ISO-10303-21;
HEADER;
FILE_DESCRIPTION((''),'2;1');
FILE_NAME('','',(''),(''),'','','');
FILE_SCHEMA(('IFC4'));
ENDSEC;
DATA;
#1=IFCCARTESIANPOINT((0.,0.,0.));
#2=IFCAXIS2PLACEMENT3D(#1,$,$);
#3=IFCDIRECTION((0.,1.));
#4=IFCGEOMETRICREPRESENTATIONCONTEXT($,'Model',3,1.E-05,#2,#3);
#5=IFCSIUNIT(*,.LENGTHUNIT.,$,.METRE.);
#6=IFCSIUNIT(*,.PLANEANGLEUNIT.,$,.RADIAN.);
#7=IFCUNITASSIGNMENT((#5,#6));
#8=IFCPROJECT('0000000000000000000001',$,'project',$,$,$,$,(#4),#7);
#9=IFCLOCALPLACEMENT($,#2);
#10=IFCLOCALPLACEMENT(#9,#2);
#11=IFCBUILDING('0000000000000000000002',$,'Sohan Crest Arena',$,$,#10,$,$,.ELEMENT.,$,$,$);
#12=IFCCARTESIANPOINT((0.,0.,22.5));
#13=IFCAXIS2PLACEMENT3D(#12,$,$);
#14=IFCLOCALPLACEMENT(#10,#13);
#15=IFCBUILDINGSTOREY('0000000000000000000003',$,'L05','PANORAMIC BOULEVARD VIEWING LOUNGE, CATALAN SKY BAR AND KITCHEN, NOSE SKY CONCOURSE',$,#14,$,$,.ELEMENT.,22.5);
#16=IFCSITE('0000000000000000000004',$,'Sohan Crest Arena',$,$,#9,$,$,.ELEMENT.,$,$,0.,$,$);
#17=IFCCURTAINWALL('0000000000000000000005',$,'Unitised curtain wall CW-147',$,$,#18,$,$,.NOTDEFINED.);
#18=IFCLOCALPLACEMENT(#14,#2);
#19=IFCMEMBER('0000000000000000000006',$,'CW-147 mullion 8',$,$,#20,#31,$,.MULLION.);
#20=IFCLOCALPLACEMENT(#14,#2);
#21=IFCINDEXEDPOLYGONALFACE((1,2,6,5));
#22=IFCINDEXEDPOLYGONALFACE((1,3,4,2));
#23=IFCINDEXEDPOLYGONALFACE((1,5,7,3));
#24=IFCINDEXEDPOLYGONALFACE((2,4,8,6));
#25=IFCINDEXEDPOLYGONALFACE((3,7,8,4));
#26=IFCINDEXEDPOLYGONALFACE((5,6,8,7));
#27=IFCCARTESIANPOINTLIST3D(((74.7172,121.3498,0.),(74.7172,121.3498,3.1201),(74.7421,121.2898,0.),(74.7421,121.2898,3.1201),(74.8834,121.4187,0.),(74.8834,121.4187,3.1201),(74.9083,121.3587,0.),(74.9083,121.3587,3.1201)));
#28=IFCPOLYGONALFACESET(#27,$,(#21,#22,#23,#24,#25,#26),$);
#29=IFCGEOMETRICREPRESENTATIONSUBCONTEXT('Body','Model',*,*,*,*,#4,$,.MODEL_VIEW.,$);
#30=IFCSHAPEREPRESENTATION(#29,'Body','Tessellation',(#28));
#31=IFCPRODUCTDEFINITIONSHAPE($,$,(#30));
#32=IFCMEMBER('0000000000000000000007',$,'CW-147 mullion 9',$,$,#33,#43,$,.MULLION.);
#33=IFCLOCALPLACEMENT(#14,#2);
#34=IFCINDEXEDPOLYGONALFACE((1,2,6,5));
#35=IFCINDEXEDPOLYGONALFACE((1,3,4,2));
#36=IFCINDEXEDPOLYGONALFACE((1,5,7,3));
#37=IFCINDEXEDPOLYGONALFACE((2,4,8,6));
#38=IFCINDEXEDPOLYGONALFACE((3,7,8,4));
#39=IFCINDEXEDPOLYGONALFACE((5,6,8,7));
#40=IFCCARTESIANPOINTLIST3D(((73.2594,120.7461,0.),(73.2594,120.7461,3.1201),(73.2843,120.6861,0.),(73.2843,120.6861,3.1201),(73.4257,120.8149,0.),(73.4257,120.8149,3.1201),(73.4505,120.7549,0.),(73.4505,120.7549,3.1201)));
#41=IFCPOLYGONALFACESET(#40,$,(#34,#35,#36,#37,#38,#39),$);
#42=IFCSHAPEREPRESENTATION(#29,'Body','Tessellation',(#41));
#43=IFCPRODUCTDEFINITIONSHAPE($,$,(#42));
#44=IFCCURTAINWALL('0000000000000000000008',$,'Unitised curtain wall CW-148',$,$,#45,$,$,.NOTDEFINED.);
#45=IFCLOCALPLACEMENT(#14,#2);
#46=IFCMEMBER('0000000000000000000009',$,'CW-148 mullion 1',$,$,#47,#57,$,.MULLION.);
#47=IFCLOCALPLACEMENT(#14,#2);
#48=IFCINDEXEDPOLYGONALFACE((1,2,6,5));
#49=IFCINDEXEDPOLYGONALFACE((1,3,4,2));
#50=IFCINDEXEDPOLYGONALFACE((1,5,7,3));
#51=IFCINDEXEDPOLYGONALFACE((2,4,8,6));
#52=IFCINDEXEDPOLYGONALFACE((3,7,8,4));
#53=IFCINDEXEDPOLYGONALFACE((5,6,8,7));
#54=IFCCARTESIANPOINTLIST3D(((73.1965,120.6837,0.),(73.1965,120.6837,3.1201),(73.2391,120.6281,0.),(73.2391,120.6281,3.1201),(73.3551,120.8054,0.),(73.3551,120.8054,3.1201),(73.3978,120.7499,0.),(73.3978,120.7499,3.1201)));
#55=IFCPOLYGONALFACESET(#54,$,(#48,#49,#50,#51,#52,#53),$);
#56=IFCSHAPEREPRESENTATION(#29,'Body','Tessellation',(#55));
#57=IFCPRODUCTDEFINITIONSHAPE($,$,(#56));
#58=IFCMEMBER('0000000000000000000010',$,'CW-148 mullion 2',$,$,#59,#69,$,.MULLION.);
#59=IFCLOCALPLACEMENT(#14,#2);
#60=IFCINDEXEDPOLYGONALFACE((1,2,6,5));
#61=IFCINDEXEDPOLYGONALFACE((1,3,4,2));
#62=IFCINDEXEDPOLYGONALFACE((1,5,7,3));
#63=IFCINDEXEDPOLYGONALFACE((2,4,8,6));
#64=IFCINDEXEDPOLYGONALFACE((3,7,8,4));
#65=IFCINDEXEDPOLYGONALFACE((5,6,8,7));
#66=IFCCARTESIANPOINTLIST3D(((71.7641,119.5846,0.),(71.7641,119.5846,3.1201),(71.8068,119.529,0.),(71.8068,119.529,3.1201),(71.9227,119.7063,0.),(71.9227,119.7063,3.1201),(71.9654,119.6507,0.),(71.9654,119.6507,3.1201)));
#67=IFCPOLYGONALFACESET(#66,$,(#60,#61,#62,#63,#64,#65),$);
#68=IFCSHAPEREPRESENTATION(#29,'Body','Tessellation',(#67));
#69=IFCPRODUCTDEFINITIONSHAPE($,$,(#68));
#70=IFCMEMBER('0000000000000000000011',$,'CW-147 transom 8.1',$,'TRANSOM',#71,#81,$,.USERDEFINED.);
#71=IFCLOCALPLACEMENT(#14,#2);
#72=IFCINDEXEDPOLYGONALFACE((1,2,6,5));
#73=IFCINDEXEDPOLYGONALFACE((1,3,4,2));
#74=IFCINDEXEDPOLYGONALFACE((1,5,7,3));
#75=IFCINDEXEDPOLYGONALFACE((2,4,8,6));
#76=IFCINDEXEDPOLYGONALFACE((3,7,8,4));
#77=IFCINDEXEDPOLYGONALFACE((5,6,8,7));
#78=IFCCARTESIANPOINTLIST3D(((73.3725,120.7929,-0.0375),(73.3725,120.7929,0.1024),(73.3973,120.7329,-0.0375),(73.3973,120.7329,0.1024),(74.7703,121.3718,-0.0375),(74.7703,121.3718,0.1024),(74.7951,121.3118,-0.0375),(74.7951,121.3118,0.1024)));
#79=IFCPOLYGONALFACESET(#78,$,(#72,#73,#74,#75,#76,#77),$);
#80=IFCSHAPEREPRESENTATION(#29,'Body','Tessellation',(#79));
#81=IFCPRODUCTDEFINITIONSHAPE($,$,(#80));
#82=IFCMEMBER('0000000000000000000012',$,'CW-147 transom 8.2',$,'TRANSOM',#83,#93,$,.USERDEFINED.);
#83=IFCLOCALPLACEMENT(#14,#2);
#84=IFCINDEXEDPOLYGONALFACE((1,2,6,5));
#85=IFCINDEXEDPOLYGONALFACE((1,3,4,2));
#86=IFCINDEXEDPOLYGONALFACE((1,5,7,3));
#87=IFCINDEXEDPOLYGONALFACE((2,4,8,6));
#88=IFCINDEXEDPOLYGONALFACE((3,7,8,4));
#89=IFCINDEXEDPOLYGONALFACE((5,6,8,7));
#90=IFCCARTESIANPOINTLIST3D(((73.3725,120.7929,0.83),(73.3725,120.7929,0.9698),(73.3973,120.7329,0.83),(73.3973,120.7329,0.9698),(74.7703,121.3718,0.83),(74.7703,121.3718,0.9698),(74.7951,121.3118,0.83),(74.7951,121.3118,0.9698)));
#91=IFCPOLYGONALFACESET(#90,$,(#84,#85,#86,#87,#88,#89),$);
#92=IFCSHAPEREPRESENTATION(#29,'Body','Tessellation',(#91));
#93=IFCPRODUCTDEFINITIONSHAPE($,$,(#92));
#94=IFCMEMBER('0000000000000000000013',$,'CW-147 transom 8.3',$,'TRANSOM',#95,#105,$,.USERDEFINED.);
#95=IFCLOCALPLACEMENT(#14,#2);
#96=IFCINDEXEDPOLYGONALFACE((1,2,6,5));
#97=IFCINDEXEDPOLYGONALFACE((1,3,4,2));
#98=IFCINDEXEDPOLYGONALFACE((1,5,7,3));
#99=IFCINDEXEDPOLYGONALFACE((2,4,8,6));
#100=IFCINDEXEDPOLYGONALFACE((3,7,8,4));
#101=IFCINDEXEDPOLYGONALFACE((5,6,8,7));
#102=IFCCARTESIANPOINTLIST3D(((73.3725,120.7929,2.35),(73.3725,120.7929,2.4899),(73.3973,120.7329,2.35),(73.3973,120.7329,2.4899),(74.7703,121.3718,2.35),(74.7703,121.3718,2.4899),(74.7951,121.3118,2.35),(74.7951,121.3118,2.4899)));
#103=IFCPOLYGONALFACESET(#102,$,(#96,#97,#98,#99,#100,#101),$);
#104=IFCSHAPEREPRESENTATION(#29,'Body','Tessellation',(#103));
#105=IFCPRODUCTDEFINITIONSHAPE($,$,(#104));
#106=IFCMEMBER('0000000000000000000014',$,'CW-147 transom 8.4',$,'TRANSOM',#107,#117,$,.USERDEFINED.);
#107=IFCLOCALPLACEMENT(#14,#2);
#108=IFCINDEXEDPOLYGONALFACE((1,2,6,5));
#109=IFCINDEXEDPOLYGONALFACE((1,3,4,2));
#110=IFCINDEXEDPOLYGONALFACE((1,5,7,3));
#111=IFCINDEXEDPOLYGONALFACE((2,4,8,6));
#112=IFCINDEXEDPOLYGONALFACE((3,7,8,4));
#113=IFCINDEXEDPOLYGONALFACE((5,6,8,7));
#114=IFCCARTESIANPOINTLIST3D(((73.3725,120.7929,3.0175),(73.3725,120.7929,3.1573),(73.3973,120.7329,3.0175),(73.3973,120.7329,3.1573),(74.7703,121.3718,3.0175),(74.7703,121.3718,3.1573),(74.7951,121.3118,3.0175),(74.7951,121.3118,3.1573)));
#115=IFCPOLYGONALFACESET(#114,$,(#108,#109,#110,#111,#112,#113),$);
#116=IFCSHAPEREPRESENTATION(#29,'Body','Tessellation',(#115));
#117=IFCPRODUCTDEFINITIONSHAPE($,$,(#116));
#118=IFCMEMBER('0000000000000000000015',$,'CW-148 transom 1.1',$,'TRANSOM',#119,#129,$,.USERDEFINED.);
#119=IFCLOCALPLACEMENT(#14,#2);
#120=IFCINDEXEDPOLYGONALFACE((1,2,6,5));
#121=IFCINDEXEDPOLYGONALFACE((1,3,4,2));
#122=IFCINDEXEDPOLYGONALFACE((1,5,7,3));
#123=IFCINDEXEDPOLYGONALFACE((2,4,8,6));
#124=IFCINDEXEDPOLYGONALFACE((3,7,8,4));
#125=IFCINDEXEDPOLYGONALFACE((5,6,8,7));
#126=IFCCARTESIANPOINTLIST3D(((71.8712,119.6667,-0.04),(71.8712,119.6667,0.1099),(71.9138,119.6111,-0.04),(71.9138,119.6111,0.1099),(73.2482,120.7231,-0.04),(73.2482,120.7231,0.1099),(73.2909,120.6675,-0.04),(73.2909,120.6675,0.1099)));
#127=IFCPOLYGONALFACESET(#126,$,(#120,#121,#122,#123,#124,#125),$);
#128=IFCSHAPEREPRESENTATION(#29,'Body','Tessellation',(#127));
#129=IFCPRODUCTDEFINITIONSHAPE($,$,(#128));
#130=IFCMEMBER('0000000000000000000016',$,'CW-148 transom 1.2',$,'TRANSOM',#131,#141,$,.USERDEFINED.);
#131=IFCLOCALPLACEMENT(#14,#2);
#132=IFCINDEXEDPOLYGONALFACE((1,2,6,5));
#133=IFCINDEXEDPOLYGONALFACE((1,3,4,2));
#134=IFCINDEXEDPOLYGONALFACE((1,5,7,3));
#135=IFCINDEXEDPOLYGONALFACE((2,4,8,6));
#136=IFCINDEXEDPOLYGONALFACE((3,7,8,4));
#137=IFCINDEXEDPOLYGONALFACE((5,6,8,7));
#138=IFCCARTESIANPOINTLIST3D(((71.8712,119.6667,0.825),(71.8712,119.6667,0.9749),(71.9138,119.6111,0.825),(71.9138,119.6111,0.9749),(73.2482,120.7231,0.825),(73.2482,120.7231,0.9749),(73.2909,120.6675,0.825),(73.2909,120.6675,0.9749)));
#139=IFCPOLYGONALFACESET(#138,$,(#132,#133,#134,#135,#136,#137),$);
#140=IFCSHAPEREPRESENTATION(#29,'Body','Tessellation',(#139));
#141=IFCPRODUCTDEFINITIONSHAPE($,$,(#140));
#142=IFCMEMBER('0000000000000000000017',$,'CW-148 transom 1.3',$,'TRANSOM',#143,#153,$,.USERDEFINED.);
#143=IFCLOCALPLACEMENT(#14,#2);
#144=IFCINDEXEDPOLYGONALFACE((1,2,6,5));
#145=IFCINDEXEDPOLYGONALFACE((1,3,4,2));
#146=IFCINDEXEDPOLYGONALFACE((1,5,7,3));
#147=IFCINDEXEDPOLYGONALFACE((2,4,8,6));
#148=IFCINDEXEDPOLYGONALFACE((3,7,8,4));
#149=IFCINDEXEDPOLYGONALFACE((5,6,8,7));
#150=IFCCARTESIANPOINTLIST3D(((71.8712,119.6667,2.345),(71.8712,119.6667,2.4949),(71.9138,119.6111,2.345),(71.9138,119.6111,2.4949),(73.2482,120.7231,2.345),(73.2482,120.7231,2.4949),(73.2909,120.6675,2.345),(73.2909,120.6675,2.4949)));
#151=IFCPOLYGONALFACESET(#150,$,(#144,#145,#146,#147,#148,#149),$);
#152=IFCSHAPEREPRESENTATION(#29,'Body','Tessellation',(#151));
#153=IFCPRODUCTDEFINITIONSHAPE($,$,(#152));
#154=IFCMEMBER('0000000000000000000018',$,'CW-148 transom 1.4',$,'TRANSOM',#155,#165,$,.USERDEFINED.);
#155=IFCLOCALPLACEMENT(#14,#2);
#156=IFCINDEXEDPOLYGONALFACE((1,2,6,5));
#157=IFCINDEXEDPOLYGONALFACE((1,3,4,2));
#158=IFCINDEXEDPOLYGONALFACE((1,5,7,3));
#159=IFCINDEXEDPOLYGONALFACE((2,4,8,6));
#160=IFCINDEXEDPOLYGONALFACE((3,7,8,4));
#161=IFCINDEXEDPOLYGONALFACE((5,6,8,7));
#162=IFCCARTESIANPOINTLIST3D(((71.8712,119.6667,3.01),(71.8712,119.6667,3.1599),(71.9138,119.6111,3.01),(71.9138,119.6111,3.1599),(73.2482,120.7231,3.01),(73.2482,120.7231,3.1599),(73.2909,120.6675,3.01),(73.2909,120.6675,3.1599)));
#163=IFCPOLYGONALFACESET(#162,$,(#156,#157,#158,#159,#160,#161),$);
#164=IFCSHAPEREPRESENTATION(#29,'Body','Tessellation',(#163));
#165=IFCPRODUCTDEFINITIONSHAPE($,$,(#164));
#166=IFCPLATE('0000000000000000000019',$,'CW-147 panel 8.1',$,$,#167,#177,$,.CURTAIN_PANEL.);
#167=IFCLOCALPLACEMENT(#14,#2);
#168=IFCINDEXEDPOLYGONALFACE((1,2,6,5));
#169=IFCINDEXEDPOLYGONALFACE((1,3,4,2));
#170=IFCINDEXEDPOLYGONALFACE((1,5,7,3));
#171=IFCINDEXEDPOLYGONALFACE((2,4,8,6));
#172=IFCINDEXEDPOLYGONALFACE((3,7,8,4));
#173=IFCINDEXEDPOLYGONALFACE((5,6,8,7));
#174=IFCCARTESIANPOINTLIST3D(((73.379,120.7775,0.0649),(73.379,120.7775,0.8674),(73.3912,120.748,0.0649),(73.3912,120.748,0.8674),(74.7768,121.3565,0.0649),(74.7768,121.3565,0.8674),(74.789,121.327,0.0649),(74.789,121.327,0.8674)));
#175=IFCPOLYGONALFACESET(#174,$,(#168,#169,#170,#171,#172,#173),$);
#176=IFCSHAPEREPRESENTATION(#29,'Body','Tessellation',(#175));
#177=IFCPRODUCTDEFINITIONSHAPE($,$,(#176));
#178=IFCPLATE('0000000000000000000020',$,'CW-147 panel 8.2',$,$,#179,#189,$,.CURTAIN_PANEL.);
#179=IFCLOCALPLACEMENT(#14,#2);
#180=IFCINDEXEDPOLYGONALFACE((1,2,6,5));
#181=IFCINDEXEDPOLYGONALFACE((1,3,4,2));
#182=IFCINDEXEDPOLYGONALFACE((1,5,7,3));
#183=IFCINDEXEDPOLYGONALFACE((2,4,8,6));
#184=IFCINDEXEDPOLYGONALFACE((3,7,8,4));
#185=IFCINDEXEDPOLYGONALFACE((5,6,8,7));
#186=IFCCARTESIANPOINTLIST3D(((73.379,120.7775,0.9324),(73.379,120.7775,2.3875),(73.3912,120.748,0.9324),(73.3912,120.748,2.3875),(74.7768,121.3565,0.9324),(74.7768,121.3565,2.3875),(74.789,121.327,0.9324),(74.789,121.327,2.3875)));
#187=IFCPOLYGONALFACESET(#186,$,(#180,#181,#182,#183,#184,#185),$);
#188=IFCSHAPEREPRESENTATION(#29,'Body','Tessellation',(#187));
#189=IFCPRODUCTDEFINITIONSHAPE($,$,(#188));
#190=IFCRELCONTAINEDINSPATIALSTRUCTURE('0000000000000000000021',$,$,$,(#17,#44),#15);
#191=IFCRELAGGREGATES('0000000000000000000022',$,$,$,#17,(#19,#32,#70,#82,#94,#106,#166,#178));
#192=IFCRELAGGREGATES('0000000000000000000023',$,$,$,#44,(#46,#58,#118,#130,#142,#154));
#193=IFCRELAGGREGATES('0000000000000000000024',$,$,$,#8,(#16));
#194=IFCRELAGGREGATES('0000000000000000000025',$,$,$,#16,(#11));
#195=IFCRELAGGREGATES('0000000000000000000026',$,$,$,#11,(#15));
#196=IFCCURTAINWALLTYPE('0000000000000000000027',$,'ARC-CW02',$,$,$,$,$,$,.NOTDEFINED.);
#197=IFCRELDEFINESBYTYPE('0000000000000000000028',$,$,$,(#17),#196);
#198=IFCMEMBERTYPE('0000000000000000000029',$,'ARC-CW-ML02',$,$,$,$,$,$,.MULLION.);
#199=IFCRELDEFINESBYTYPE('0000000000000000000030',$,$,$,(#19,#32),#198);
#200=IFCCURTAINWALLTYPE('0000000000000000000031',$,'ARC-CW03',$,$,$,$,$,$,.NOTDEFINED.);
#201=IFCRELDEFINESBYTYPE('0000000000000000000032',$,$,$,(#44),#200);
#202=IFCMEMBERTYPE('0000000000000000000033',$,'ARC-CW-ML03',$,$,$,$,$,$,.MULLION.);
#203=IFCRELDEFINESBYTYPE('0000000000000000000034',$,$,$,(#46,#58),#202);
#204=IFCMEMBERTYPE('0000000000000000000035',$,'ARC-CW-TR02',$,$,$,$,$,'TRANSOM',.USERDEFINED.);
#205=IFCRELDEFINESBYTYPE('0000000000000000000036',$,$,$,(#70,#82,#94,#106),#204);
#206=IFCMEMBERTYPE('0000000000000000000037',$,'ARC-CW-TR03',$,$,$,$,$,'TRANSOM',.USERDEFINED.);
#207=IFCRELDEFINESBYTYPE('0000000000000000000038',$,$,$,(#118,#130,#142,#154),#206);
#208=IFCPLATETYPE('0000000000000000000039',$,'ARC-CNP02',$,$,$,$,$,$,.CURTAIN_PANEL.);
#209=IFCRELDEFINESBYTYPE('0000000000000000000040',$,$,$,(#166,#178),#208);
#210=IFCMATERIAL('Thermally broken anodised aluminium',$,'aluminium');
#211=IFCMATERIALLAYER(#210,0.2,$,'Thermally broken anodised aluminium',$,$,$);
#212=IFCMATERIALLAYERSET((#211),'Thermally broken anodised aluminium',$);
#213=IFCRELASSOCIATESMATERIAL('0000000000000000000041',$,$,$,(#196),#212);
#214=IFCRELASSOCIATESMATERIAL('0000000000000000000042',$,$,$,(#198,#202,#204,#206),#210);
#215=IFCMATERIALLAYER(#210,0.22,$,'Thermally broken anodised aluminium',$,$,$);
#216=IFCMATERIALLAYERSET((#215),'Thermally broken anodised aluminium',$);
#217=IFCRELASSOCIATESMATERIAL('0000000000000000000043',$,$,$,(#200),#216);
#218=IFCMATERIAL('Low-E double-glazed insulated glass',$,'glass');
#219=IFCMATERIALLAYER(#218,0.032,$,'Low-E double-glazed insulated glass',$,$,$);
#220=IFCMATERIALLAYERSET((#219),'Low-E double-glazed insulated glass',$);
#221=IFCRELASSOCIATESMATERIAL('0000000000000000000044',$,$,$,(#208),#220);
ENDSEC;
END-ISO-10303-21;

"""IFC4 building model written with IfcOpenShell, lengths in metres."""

from ifc_helpers import new_model, si_unit, direction, frame, origin, origin_2d, place, context, subcontext, project, spatial, rectangle, extrude, material, layer, layer_set, material_profile, profile_set, type_object, element, aggregate, save


model = new_model("IFC4")

# Units and contexts
model_context = context("Model", 3, precision=1e-05, world=origin(), true_north=direction((0.0, 1.0)))
body_context = subcontext(model_context, "Body", "Model", "MODEL_VIEW")
ifc_project = project(units=[si_unit("LENGTHUNIT", "METRE"), si_unit("PLANEANGLEUNIT", "RADIAN")], contexts=[model_context])

# Site, building, storey
site_placement = place(None, origin())
site = spatial("IfcSite", under=ifc_project, at=site_placement, Name="Sohan Crest Arena", CompositionType="ELEMENT", RefElevation=0.0)
building_placement = place(site_placement, origin())
building = spatial("IfcBuilding", under=site, at=building_placement, Name="Sohan Crest Arena", CompositionType="ELEMENT")
storey_placement = place(building_placement, frame((0.0, 0.0, 22.5)))
storey = spatial("IfcBuildingStorey", under=building, at=storey_placement, Name="L05", Description="PANORAMIC BOULEVARD VIEWING LOUNGE, CATALAN SKY BAR AND KITCHEN, NOSE SKY CONCOURSE", CompositionType="ELEMENT", Elevation=22.5)

# Curtain walls, members
ifc_material_1 = material(Name="Thermally broken anodised aluminium", Category="aluminium")
ifc_layer_1 = layer(ifc_material_1, 0.2, Name="Thermally broken anodised aluminium")
ifc_layer_set_1 = layer_set([ifc_layer_1], Name="Thermally broken anodised aluminium")
curtain_wall_type_1 = type_object("IfcCurtainWallType", Name="ARC-CW02", PredefinedType="NOTDEFINED", material=ifc_layer_set_1)
curtain_wall_1_placement = place(storey_placement, origin())
curtain_wall_1 = element("IfcCurtainWall", 1, at=curtain_wall_1_placement, inside=storey, type_object=curtain_wall_type_1, Name="Unitised curtain wall CW-147", PredefinedType="NOTDEFINED")
ifc_material_profile_1 = material_profile(ifc_material_1, rectangle(XDim=0.0649, YDim=0.1799, at=origin_2d()), Name="ALU-MULL 65x180")
ifc_profile_set_1 = profile_set([ifc_material_profile_1], Name="Thermally broken anodised aluminium")
member_type_1 = type_object("IfcMemberType", Name="ARC-CW-ML02", PredefinedType="MULLION", material=ifc_profile_set_1)
member_1_placement = place(storey_placement, frame((74.8127, 121.3542, 0.0), z_axis=(0.0, 0.0, 1.0), x_axis=(0.382685, -0.923879, 0.0)))
member_1 = element("IfcMember", 2, at=member_1_placement, type_object=member_type_1, Name="CW-147 mullion 8", PredefinedType="MULLION", context=body_context, shape_type="SweptSolid", body=[
    extrude(rectangle(XDim=0.0649, YDim=0.1799, at=origin_2d()), origin(), (0.0, 0.0, 1.0), 3.1201),
])
member_2_placement = place(storey_placement, frame((73.355, 120.7505, 0.0), z_axis=(0.0, 0.0, 1.0), x_axis=(0.382685, -0.923879, 0.0)))
member_2 = element("IfcMember", 3, at=member_2_placement, type_object=member_type_1, Name="CW-147 mullion 9", PredefinedType="MULLION", context=body_context, shape_type="SweptSolid", body=[
    extrude(rectangle(XDim=0.0649, YDim=0.1799, at=origin_2d()), origin(), (0.0, 0.0, 1.0), 3.1201),
])
ifc_layer_2 = layer(ifc_material_1, 0.22, Name="Thermally broken anodised aluminium")
ifc_layer_set_2 = layer_set([ifc_layer_2], Name="Thermally broken anodised aluminium")
curtain_wall_type_2 = type_object("IfcCurtainWallType", Name="ARC-CW03", PredefinedType="NOTDEFINED", material=ifc_layer_set_2)
curtain_wall_2_placement = place(storey_placement, origin())
curtain_wall_2 = element("IfcCurtainWall", 4, at=curtain_wall_2_placement, inside=storey, type_object=curtain_wall_type_2, Name="Unitised curtain wall CW-148", PredefinedType="NOTDEFINED")
ifc_material_profile_2 = material_profile(ifc_material_1, rectangle(XDim=0.0701, YDim=0.2, at=origin_2d()), Name="ALU-MULL 70x200")
ifc_profile_set_2 = profile_set([ifc_material_profile_2], Name="Thermally broken anodised aluminium")
member_type_2 = type_object("IfcMemberType", Name="ARC-CW-ML03", PredefinedType="MULLION", material=ifc_profile_set_2)
member_3_placement = place(storey_placement, frame((73.2971, 120.7168, 0.0), z_axis=(0.0, 0.0, 1.0), x_axis=(0.60872, -0.793385, 0.0)))
member_3 = element("IfcMember", 5, at=member_3_placement, type_object=member_type_2, Name="CW-148 mullion 1", PredefinedType="MULLION", context=body_context, shape_type="SweptSolid", body=[
    extrude(rectangle(XDim=0.0701, YDim=0.2, at=origin_2d()), origin(), (0.0, 0.0, 1.0), 3.1201),
])
member_4_placement = place(storey_placement, frame((71.8647, 119.6177, 0.0), z_axis=(0.0, 0.0, 1.0), x_axis=(0.60872, -0.793385, 0.0)))
member_4 = element("IfcMember", 6, at=member_4_placement, type_object=member_type_2, Name="CW-148 mullion 2", PredefinedType="MULLION", context=body_context, shape_type="SweptSolid", body=[
    extrude(rectangle(XDim=0.0701, YDim=0.2, at=origin_2d()), origin(), (0.0, 0.0, 1.0), 3.1201),
])

# Members
ifc_material_profile_3 = material_profile(ifc_material_1, rectangle(XDim=0.0649, YDim=0.1399, at=origin_2d()), Name="ALU-TRAN 65x140")
ifc_profile_set_3 = profile_set([ifc_material_profile_3], Name="Thermally broken anodised aluminium")
member_type_3 = type_object("IfcMemberType", Name="ARC-CW-TR02", ElementType="TRANSOM", PredefinedType="USERDEFINED", material=ifc_profile_set_3)
member_5_placement = place(storey_placement, frame((74.7827, 121.3418, 0.0325), z_axis=(-0.923901, -0.382632, 0.0), x_axis=(0.382632, -0.923901, 0.0)))
member_5 = element("IfcMember", 7, at=member_5_placement, type_object=member_type_3, Name="CW-147 transom 8.1", ObjectType="TRANSOM", PredefinedType="USERDEFINED", context=body_context, shape_type="SweptSolid", body=[
    extrude(rectangle(XDim=0.0649, YDim=0.1399, at=origin_2d()), origin(), (0.0, 0.0, 1.0), 1.5129),
])
member_6_placement = place(storey_placement, frame((74.7827, 121.3418, 0.8999), z_axis=(-0.923901, -0.382632, 0.0), x_axis=(0.382632, -0.923901, 0.0)))
member_6 = element("IfcMember", 8, at=member_6_placement, type_object=member_type_3, Name="CW-147 transom 8.2", ObjectType="TRANSOM", PredefinedType="USERDEFINED", context=body_context, shape_type="SweptSolid", body=[
    extrude(rectangle(XDim=0.0649, YDim=0.1399, at=origin_2d()), origin(), (0.0, 0.0, 1.0), 1.5129),
])
member_7_placement = place(storey_placement, frame((74.7827, 121.3418, 2.4199), z_axis=(-0.923901, -0.382632, 0.0), x_axis=(0.382632, -0.923901, 0.0)))
member_7 = element("IfcMember", 9, at=member_7_placement, type_object=member_type_3, Name="CW-147 transom 8.3", ObjectType="TRANSOM", PredefinedType="USERDEFINED", context=body_context, shape_type="SweptSolid", body=[
    extrude(rectangle(XDim=0.0649, YDim=0.1399, at=origin_2d()), origin(), (0.0, 0.0, 1.0), 1.5129),
])
member_8_placement = place(storey_placement, frame((74.7827, 121.3418, 3.0874), z_axis=(-0.923901, -0.382632, 0.0), x_axis=(0.382632, -0.923901, 0.0)))
member_8 = element("IfcMember", 10, at=member_8_placement, type_object=member_type_3, Name="CW-147 transom 8.4", ObjectType="TRANSOM", PredefinedType="USERDEFINED", context=body_context, shape_type="SweptSolid", body=[
    extrude(rectangle(XDim=0.0649, YDim=0.1399, at=origin_2d()), origin(), (0.0, 0.0, 1.0), 1.5129),
])
ifc_material_profile_4 = material_profile(ifc_material_1, rectangle(XDim=0.0701, YDim=0.1499, at=origin_2d()), Name="ALU-TRAN 70x150")
ifc_profile_set_4 = profile_set([ifc_material_profile_4], Name="Thermally broken anodised aluminium")
member_type_4 = type_object("IfcMemberType", Name="ARC-CW-TR03", ElementType="TRANSOM", PredefinedType="USERDEFINED", material=ifc_profile_set_4)
member_9_placement = place(storey_placement, frame((73.2695, 120.6953, 0.0349), z_axis=(-0.793403, -0.608697, 0.0), x_axis=(0.608697, -0.793403, 0.0)))
member_9 = element("IfcMember", 11, at=member_9_placement, type_object=member_type_4, Name="CW-148 transom 1.1", ObjectType="TRANSOM", PredefinedType="USERDEFINED", context=body_context, shape_type="SweptSolid", body=[
    extrude(rectangle(XDim=0.0701, YDim=0.1499, at=origin_2d()), origin(), (0.0, 0.0, 1.0), 1.7356),
])
member_10_placement = place(storey_placement, frame((73.2695, 120.6953, 0.8999), z_axis=(-0.793403, -0.608697, 0.0), x_axis=(0.608697, -0.793403, 0.0)))
member_10 = element("IfcMember", 12, at=member_10_placement, type_object=member_type_4, Name="CW-148 transom 1.2", ObjectType="TRANSOM", PredefinedType="USERDEFINED", context=body_context, shape_type="SweptSolid", body=[
    extrude(rectangle(XDim=0.0701, YDim=0.1499, at=origin_2d()), origin(), (0.0, 0.0, 1.0), 1.7356),
])
member_11_placement = place(storey_placement, frame((73.2695, 120.6953, 2.4199), z_axis=(-0.793403, -0.608697, 0.0), x_axis=(0.608697, -0.793403, 0.0)))
member_11 = element("IfcMember", 13, at=member_11_placement, type_object=member_type_4, Name="CW-148 transom 1.3", ObjectType="TRANSOM", PredefinedType="USERDEFINED", context=body_context, shape_type="SweptSolid", body=[
    extrude(rectangle(XDim=0.0701, YDim=0.1499, at=origin_2d()), origin(), (0.0, 0.0, 1.0), 1.7356),
])
member_12_placement = place(storey_placement, frame((73.2695, 120.6953, 3.085), z_axis=(-0.793403, -0.608697, 0.0), x_axis=(0.608697, -0.793403, 0.0)))
member_12 = element("IfcMember", 14, at=member_12_placement, type_object=member_type_4, Name="CW-148 transom 1.4", ObjectType="TRANSOM", PredefinedType="USERDEFINED", context=body_context, shape_type="SweptSolid", body=[
    extrude(rectangle(XDim=0.0701, YDim=0.1499, at=origin_2d()), origin(), (0.0, 0.0, 1.0), 1.7356),
])

# Plates
ifc_material_2 = material(Name="Low-E double-glazed insulated glass", Category="glass")
ifc_layer_3 = layer(ifc_material_2, 0.032, Name="Low-E double-glazed insulated glass")
ifc_layer_set_3 = layer_set([ifc_layer_3], Name="Low-E double-glazed insulated glass")
plate_type_1 = type_object("IfcPlateType", Name="ARC-CNP02", PredefinedType="CURTAIN_PANEL", material=ifc_layer_set_3)
plate_1_placement = place(storey_placement, frame((74.084, 121.0522, 0.0649), z_axis=(0.0, 0.0, 1.0), x_axis=(-0.923879, -0.382685, 0.0)))
plate_1 = element("IfcPlate", 15, at=plate_1_placement, type_object=plate_type_1, Name="CW-147 panel 8.1", PredefinedType="CURTAIN_PANEL", context=body_context, shape_type="SweptSolid", body=[
    extrude(rectangle(XDim=1.5129, YDim=0.032, at=origin_2d()), origin(), (0.0, 0.0, 1.0), 0.8025),
])
plate_2_placement = place(storey_placement, frame((74.084, 121.0522, 0.9324), z_axis=(0.0, 0.0, 1.0), x_axis=(-0.923879, -0.382685, 0.0)))
plate_2 = element("IfcPlate", 16, at=plate_2_placement, type_object=plate_type_1, Name="CW-147 panel 8.2", PredefinedType="CURTAIN_PANEL", context=body_context, shape_type="SweptSolid", body=[
    extrude(rectangle(XDim=1.5129, YDim=0.032, at=origin_2d()), origin(), (0.0, 0.0, 1.0), 1.4551),
])
aggregate(curtain_wall_1, [member_1, member_2, member_5, member_6, member_7, member_8, plate_1, plate_2])
aggregate(curtain_wall_2, [member_3, member_4, member_9, member_10, member_11, member_12])

save(model, "model.ifc")
